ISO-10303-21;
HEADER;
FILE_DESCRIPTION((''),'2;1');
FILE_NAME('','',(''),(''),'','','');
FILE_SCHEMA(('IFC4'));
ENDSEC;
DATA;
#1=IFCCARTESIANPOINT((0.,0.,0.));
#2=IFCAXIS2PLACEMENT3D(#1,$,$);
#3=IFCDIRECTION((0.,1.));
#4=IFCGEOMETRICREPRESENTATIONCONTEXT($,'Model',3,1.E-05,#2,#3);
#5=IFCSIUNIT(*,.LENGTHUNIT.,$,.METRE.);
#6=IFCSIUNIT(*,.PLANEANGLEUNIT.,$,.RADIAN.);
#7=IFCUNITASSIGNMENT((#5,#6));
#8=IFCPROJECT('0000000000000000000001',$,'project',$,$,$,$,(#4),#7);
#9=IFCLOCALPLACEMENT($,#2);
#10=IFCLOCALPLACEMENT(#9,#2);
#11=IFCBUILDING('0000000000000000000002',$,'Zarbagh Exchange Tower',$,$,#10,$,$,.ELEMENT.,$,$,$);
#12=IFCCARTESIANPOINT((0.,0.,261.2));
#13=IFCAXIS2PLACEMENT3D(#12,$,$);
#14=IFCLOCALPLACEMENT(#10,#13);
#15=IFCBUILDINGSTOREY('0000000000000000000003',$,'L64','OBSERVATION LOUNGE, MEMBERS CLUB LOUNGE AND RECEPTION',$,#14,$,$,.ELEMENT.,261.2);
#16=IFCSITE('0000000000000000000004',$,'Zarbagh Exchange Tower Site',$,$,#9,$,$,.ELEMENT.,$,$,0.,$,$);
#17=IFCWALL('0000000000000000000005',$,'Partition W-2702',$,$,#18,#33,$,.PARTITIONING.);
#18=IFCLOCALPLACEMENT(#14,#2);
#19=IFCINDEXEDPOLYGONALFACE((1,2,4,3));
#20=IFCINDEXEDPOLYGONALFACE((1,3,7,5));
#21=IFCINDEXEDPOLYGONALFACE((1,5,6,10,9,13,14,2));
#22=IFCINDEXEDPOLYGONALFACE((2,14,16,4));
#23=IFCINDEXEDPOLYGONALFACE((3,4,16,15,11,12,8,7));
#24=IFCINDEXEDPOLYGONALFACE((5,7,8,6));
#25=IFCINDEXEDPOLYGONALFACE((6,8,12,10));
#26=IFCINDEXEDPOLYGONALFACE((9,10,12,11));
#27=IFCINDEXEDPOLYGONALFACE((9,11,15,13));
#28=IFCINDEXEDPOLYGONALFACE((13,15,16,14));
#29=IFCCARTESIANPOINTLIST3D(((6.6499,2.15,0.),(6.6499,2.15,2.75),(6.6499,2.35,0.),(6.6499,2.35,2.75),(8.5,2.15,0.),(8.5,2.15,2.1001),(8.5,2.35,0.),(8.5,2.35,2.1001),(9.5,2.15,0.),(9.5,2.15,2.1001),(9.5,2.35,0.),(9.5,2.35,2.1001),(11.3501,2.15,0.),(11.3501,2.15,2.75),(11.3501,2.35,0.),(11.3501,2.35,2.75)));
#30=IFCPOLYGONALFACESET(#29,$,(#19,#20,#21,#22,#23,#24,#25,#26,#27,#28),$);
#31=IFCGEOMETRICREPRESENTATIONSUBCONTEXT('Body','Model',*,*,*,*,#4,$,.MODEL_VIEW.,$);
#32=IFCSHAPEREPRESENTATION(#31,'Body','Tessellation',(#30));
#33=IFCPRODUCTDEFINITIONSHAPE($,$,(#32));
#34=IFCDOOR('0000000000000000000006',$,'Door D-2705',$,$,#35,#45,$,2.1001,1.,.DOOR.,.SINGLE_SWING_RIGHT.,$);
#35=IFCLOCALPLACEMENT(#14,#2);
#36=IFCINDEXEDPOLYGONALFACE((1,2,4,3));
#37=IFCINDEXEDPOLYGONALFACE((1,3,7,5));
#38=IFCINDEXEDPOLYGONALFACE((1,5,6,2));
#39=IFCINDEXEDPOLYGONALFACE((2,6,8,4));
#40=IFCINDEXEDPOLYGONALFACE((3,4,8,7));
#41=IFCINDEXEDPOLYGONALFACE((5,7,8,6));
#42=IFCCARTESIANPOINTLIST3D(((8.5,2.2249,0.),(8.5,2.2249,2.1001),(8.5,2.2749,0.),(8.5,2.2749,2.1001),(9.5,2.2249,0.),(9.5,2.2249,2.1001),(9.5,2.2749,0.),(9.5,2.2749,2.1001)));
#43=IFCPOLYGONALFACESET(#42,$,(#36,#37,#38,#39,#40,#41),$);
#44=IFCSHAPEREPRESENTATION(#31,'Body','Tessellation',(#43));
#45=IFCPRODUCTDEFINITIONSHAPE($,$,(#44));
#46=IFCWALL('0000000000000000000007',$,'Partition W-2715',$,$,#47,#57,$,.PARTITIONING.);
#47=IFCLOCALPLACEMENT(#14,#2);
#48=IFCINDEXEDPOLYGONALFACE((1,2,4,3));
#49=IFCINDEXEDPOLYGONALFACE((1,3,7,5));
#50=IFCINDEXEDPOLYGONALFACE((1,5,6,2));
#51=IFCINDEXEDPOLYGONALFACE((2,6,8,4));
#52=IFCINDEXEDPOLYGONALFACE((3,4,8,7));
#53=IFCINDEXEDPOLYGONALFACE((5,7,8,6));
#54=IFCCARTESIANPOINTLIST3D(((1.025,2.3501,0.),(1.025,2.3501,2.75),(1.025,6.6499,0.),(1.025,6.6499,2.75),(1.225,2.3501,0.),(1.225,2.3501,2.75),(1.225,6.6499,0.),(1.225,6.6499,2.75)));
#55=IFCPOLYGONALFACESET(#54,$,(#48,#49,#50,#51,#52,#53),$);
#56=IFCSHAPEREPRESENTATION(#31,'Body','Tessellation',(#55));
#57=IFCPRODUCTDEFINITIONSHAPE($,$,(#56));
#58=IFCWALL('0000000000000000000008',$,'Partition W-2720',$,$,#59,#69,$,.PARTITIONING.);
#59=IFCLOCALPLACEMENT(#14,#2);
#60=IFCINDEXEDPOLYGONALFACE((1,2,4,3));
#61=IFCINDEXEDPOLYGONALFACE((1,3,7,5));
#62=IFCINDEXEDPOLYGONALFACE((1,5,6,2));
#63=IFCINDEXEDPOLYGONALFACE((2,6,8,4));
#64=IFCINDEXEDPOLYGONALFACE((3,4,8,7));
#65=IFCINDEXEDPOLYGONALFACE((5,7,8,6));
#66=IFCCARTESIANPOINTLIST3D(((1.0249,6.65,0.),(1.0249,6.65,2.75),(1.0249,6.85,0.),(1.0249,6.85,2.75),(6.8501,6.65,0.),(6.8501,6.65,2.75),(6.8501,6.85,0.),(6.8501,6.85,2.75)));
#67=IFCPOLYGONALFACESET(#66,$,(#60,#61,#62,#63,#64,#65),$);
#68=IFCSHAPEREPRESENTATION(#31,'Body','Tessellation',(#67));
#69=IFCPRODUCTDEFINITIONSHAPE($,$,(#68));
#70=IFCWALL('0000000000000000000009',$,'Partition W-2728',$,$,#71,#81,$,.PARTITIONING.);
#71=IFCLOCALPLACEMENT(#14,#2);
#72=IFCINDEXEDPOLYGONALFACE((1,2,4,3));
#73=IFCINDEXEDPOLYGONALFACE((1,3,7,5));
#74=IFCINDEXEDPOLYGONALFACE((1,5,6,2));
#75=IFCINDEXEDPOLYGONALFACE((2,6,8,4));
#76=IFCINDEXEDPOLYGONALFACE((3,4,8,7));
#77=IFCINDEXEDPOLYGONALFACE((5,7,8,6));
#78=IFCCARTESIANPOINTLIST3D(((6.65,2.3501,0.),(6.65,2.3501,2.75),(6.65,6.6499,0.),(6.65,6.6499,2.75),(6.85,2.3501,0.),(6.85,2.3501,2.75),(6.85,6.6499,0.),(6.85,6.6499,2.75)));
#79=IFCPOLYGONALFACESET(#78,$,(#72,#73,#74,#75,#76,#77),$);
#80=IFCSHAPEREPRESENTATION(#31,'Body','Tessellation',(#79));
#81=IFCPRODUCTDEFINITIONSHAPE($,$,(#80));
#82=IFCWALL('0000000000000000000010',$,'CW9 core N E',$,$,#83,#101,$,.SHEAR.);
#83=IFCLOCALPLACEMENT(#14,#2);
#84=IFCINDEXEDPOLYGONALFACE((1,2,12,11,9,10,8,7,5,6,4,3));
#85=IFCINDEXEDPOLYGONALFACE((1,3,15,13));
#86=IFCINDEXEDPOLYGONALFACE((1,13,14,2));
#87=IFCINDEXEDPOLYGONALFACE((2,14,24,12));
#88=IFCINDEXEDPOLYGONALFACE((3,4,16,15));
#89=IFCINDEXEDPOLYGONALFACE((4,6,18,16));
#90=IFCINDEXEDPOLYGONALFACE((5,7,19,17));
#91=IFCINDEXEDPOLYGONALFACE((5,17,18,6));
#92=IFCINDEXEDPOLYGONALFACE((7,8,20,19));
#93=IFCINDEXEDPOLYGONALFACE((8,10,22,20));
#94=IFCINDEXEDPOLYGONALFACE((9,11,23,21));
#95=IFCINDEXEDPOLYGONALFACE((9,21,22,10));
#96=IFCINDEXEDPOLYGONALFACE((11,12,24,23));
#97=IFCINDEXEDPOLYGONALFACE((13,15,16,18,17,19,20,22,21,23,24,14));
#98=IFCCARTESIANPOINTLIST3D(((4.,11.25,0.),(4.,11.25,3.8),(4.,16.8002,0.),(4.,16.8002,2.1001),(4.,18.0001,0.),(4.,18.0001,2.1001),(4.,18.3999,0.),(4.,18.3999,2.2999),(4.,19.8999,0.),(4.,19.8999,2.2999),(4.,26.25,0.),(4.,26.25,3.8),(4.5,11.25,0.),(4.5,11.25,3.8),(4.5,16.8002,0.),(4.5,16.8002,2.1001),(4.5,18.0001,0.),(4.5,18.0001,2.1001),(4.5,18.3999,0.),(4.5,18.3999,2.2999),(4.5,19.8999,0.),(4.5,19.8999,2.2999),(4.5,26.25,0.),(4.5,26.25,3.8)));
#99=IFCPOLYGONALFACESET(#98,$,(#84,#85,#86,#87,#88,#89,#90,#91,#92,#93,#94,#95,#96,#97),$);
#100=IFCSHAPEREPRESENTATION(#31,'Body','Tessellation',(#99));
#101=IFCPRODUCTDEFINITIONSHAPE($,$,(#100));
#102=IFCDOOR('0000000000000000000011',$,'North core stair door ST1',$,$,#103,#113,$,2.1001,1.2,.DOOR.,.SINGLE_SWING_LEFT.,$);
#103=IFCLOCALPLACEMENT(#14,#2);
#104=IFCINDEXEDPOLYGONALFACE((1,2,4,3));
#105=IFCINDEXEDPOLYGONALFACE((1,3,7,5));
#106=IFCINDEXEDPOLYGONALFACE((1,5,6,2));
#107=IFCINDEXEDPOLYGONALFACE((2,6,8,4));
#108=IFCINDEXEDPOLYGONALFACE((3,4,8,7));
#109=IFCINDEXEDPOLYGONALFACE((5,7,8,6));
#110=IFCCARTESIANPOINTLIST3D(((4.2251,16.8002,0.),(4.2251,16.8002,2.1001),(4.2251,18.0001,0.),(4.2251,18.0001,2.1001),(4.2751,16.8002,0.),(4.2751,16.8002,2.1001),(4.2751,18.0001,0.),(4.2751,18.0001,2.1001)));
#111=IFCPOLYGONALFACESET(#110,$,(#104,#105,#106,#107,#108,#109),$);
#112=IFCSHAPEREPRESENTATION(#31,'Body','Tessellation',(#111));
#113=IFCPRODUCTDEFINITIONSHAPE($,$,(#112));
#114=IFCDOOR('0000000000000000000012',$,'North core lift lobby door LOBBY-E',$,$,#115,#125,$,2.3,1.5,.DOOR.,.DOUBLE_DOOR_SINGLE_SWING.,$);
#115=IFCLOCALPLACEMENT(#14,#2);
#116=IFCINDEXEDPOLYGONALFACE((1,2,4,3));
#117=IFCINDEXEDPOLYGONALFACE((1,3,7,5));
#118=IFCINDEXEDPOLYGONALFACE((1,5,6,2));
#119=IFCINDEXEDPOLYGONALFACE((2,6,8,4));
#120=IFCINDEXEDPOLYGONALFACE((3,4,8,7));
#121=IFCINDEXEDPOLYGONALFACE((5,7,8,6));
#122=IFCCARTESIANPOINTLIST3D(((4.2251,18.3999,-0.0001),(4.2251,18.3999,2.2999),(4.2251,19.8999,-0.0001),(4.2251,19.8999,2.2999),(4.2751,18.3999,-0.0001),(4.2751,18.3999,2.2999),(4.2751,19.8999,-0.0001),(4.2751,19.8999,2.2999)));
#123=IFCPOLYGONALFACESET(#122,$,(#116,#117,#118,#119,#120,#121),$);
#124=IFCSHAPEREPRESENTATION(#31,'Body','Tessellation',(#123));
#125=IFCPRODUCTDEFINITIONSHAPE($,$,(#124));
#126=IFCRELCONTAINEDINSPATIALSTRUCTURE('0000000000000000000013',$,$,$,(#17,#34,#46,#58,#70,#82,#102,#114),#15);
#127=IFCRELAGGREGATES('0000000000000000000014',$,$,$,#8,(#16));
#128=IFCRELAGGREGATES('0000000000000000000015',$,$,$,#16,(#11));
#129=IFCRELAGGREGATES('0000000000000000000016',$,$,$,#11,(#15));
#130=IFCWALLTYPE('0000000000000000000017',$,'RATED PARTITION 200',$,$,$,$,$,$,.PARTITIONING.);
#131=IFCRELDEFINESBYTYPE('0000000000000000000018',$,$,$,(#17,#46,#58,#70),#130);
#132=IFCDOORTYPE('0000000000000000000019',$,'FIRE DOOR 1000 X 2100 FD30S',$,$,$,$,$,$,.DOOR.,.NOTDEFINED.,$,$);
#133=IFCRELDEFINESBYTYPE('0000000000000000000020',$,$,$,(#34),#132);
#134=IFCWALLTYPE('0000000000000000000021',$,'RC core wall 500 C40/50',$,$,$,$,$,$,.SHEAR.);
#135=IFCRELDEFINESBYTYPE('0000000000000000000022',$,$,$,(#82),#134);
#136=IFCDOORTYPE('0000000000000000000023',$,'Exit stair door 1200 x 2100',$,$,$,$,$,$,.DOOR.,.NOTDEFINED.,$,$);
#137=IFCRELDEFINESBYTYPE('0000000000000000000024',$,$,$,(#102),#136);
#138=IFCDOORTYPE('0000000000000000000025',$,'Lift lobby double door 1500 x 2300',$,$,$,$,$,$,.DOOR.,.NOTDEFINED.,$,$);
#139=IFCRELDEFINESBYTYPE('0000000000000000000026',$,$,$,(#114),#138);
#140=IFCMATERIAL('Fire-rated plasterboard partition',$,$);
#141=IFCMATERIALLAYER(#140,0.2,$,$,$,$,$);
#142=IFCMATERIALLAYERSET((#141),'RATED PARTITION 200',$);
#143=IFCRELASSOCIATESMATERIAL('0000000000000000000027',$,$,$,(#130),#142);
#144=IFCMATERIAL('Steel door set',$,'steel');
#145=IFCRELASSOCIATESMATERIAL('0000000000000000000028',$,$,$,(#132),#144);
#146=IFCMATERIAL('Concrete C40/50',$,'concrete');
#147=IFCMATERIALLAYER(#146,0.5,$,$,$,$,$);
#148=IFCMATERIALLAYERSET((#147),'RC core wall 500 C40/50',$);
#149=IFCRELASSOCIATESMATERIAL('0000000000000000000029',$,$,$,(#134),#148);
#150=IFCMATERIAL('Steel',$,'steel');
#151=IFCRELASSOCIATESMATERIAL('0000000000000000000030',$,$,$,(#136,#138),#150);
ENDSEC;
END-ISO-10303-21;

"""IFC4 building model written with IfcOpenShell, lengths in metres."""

from ifc_helpers import new_model, si_unit, direction, frame, frame_2d, origin, place, context, subcontext, project, spatial, rectangle, extrude, material, layer, layer_set, type_object, element, fill, save


model = new_model("IFC4")

# Units and contexts
model_context = context("Model", 3, precision=1e-05, world=origin(), true_north=direction((0.0, 1.0)))
body_context = subcontext(model_context, "Body", "Model", "MODEL_VIEW")
ifc_project = project(units=[si_unit("LENGTHUNIT", "METRE"), si_unit("PLANEANGLEUNIT", "RADIAN")], contexts=[model_context])

# Site, building, storey
site_placement = place(None, origin())
site = spatial("IfcSite", under=ifc_project, at=site_placement, Name="Zarbagh Exchange Tower Site", CompositionType="ELEMENT", RefElevation=0.0)
building_placement = place(site_placement, origin())
building = spatial("IfcBuilding", under=site, at=building_placement, Name="Zarbagh Exchange Tower", CompositionType="ELEMENT")
storey_placement = place(building_placement, frame((0.0, 0.0, 261.2)))
storey = spatial("IfcBuildingStorey", under=building, at=storey_placement, Name="L64", Description="OBSERVATION LOUNGE, MEMBERS CLUB LOUNGE AND RECEPTION", CompositionType="ELEMENT", Elevation=261.2)

# Shared definitions
ifc_material_1 = material(Name="Concrete C40/50", Category="concrete")

# Wall, opening, door
ifc_material_2 = material(Name="Fire-rated plasterboard partition")
ifc_layer_1 = layer(ifc_material_2, 0.2)
ifc_layer_set_1 = layer_set([ifc_layer_1], Name="RATED PARTITION 200")
wall_type_1 = type_object("IfcWallType", Name="RATED PARTITION 200", PredefinedType="PARTITIONING", material=ifc_layer_set_1)
ifc_material_3 = material(Name="Steel door set", Category="steel")
door_type_1 = type_object("IfcDoorType", Name="FIRE DOOR 1000 X 2100 FD30S", OperationType="NOTDEFINED", PredefinedType="DOOR", material=ifc_material_3)
wall_1_placement = place(storey_placement, frame((6.6499, 2.25, 0.0), z_axis=(0.0, 0.0, 1.0), x_axis=(1.0, 0.0, 0.0)))
wall_1 = element("IfcWall", 1, at=wall_1_placement, inside=storey, type_object=wall_type_1, Name="Partition W-2702", PredefinedType="PARTITIONING", context=body_context, shape_type="SweptSolid", body=[
    extrude(rectangle(XDim=4.7002, YDim=0.2, at=frame_2d((2.3501, 0.0))), origin(), (0.0, 0.0, 1.0), 2.75),
])
opening_1_placement = place(wall_1_placement, frame((1.8501, 0.0, 0.0)))
opening_1 = element("IfcOpeningElement", 2, at=opening_1_placement, cuts=wall_1, PredefinedType="OPENING", context=body_context, shape_type="SweptSolid", body=[
    extrude(rectangle(XDim=1.0, YDim=2.1001, at=frame_2d((0.5, 1.05))), frame((0.0, 0.1099, 0.0), z_axis=(0.0, -1.0, 0.0), x_axis=(1.0, 0.0, 0.0)), (0.0, 0.0, 1.0), 0.22),
])
door_1_placement = place(opening_1_placement, origin())
door_1 = element("IfcDoor", 3, at=door_1_placement, inside=storey, type_object=door_type_1, Name="Door D-2705", OperationType="SINGLE_SWING_RIGHT", OverallHeight=2.1001, OverallWidth=1.0, PredefinedType="DOOR", context=body_context, shape_type="SweptSolid", body=[
    extrude(rectangle(XDim=1.0, YDim=2.1001, at=frame_2d((0.5, 1.05))), frame((0.0, 0.0249, 0.0), z_axis=(0.0, -1.0, 0.0), x_axis=(1.0, 0.0, 0.0)), (0.0, 0.0, 1.0), 0.05),
])
fill(opening_1, door_1)

# Walls
wall_2_placement = place(storey_placement, frame((1.125, 2.3501, 0.0), z_axis=(0.0, 0.0, 1.0), x_axis=(0.0, 1.0, 0.0)))
element("IfcWall", 4, at=wall_2_placement, inside=storey, type_object=wall_type_1, Name="Partition W-2715", PredefinedType="PARTITIONING", context=body_context, shape_type="SweptSolid", body=[
    extrude(rectangle(XDim=4.2998, YDim=0.2, at=frame_2d((2.1499, 0.0))), origin(), (0.0, 0.0, 1.0), 2.75),
])
wall_3_placement = place(storey_placement, frame((1.0249, 6.75, 0.0), z_axis=(0.0, 0.0, 1.0), x_axis=(1.0, 0.0, 0.0)))
element("IfcWall", 5, at=wall_3_placement, inside=storey, type_object=wall_type_1, Name="Partition W-2720", PredefinedType="PARTITIONING", context=body_context, shape_type="SweptSolid", body=[
    extrude(rectangle(XDim=5.8252, YDim=0.2, at=frame_2d((2.9126, 0.0))), origin(), (0.0, 0.0, 1.0), 2.75),
])
wall_4_placement = place(storey_placement, frame((6.75, 2.3501, 0.0), z_axis=(0.0, 0.0, 1.0), x_axis=(0.0, 1.0, 0.0)))
element("IfcWall", 6, at=wall_4_placement, inside=storey, type_object=wall_type_1, Name="Partition W-2728", PredefinedType="PARTITIONING", context=body_context, shape_type="SweptSolid", body=[
    extrude(rectangle(XDim=4.2998, YDim=0.2, at=frame_2d((2.1499, 0.0))), origin(), (0.0, 0.0, 1.0), 2.75),
])

# Wall, openings, doors
ifc_layer_2 = layer(ifc_material_1, 0.5)
ifc_layer_set_2 = layer_set([ifc_layer_2], Name="RC core wall 500 C40/50")
wall_type_2 = type_object("IfcWallType", Name="RC core wall 500 C40/50", PredefinedType="SHEAR", material=ifc_layer_set_2)
wall_5_placement = place(storey_placement, frame((4.25, 11.25, 0.0), z_axis=(0.0, 0.0, 1.0), x_axis=(0.0, 1.0, 0.0)))
wall_5 = element("IfcWall", 7, at=wall_5_placement, inside=storey, type_object=wall_type_2, Name="CW9 core N E", PredefinedType="SHEAR", context=body_context, shape_type="SweptSolid", body=[
    extrude(rectangle(XDim=15.0, YDim=0.5, at=frame_2d((7.5, 0.0))), origin(), (0.0, 0.0, 1.0), 3.8),
])
opening_2_placement = place(wall_5_placement, frame((7.1499, 0.0, 0.0)))
opening_2 = element("IfcOpeningElement", 8, at=opening_2_placement, cuts=wall_5, PredefinedType="OPENING", context=body_context, shape_type="SweptSolid", body=[
    extrude(rectangle(XDim=1.5, YDim=2.3, at=frame_2d((0.75, 1.1499))), frame((0.0, 0.26, 0.0), z_axis=(0.0, -1.0, 0.0), x_axis=(1.0, 0.0, 0.0)), (0.0, 0.0, 1.0), 0.52),
])
opening_3_placement = place(wall_5_placement, frame((5.55, 0.0, 0.0)))
opening_3 = element("IfcOpeningElement", 9, at=opening_3_placement, cuts=wall_5, PredefinedType="OPENING", context=body_context, shape_type="SweptSolid", body=[
    extrude(rectangle(XDim=1.2, YDim=2.1001, at=frame_2d((0.6001, 1.05))), frame((0.0, 0.26, 0.0), z_axis=(0.0, -1.0, 0.0), x_axis=(1.0, 0.0, 0.0)), (0.0, 0.0, 1.0), 0.52),
])
ifc_material_4 = material(Name="Steel", Category="steel")
door_type_2 = type_object("IfcDoorType", Name="Exit stair door 1200 x 2100", OperationType="NOTDEFINED", PredefinedType="DOOR", material=ifc_material_4)
door_2_placement = place(opening_3_placement, origin())
door_2 = element("IfcDoor", 10, at=door_2_placement, inside=storey, type_object=door_type_2, Name="North core stair door ST1", OperationType="SINGLE_SWING_LEFT", OverallHeight=2.1001, OverallWidth=1.2, PredefinedType="DOOR", context=body_context, shape_type="SweptSolid", body=[
    extrude(rectangle(XDim=1.2, YDim=2.1001, at=frame_2d((0.6001, 1.05))), frame((0.0, 0.0249, 0.0), z_axis=(0.0, -1.0, 0.0), x_axis=(1.0, 0.0, 0.0)), (0.0, 0.0, 1.0), 0.05),
])
fill(opening_3, door_2)
door_type_3 = type_object("IfcDoorType", Name="Lift lobby double door 1500 x 2300", OperationType="NOTDEFINED", PredefinedType="DOOR", material=ifc_material_4)
door_3_placement = place(opening_2_placement, origin())
door_3 = element("IfcDoor", 11, at=door_3_placement, inside=storey, type_object=door_type_3, Name="North core lift lobby door LOBBY-E", OperationType="DOUBLE_DOOR_SINGLE_SWING", OverallHeight=2.3, OverallWidth=1.5, PredefinedType="DOOR", context=body_context, shape_type="SweptSolid", body=[
    extrude(rectangle(XDim=1.5, YDim=2.3, at=frame_2d((0.75, 1.1499))), frame((0.0, 0.0249, 0.0), z_axis=(0.0, -1.0, 0.0), x_axis=(1.0, 0.0, 0.0)), (0.0, 0.0, 1.0), 0.05),
])
fill(opening_2, door_3)

save(model, "model.ifc")
